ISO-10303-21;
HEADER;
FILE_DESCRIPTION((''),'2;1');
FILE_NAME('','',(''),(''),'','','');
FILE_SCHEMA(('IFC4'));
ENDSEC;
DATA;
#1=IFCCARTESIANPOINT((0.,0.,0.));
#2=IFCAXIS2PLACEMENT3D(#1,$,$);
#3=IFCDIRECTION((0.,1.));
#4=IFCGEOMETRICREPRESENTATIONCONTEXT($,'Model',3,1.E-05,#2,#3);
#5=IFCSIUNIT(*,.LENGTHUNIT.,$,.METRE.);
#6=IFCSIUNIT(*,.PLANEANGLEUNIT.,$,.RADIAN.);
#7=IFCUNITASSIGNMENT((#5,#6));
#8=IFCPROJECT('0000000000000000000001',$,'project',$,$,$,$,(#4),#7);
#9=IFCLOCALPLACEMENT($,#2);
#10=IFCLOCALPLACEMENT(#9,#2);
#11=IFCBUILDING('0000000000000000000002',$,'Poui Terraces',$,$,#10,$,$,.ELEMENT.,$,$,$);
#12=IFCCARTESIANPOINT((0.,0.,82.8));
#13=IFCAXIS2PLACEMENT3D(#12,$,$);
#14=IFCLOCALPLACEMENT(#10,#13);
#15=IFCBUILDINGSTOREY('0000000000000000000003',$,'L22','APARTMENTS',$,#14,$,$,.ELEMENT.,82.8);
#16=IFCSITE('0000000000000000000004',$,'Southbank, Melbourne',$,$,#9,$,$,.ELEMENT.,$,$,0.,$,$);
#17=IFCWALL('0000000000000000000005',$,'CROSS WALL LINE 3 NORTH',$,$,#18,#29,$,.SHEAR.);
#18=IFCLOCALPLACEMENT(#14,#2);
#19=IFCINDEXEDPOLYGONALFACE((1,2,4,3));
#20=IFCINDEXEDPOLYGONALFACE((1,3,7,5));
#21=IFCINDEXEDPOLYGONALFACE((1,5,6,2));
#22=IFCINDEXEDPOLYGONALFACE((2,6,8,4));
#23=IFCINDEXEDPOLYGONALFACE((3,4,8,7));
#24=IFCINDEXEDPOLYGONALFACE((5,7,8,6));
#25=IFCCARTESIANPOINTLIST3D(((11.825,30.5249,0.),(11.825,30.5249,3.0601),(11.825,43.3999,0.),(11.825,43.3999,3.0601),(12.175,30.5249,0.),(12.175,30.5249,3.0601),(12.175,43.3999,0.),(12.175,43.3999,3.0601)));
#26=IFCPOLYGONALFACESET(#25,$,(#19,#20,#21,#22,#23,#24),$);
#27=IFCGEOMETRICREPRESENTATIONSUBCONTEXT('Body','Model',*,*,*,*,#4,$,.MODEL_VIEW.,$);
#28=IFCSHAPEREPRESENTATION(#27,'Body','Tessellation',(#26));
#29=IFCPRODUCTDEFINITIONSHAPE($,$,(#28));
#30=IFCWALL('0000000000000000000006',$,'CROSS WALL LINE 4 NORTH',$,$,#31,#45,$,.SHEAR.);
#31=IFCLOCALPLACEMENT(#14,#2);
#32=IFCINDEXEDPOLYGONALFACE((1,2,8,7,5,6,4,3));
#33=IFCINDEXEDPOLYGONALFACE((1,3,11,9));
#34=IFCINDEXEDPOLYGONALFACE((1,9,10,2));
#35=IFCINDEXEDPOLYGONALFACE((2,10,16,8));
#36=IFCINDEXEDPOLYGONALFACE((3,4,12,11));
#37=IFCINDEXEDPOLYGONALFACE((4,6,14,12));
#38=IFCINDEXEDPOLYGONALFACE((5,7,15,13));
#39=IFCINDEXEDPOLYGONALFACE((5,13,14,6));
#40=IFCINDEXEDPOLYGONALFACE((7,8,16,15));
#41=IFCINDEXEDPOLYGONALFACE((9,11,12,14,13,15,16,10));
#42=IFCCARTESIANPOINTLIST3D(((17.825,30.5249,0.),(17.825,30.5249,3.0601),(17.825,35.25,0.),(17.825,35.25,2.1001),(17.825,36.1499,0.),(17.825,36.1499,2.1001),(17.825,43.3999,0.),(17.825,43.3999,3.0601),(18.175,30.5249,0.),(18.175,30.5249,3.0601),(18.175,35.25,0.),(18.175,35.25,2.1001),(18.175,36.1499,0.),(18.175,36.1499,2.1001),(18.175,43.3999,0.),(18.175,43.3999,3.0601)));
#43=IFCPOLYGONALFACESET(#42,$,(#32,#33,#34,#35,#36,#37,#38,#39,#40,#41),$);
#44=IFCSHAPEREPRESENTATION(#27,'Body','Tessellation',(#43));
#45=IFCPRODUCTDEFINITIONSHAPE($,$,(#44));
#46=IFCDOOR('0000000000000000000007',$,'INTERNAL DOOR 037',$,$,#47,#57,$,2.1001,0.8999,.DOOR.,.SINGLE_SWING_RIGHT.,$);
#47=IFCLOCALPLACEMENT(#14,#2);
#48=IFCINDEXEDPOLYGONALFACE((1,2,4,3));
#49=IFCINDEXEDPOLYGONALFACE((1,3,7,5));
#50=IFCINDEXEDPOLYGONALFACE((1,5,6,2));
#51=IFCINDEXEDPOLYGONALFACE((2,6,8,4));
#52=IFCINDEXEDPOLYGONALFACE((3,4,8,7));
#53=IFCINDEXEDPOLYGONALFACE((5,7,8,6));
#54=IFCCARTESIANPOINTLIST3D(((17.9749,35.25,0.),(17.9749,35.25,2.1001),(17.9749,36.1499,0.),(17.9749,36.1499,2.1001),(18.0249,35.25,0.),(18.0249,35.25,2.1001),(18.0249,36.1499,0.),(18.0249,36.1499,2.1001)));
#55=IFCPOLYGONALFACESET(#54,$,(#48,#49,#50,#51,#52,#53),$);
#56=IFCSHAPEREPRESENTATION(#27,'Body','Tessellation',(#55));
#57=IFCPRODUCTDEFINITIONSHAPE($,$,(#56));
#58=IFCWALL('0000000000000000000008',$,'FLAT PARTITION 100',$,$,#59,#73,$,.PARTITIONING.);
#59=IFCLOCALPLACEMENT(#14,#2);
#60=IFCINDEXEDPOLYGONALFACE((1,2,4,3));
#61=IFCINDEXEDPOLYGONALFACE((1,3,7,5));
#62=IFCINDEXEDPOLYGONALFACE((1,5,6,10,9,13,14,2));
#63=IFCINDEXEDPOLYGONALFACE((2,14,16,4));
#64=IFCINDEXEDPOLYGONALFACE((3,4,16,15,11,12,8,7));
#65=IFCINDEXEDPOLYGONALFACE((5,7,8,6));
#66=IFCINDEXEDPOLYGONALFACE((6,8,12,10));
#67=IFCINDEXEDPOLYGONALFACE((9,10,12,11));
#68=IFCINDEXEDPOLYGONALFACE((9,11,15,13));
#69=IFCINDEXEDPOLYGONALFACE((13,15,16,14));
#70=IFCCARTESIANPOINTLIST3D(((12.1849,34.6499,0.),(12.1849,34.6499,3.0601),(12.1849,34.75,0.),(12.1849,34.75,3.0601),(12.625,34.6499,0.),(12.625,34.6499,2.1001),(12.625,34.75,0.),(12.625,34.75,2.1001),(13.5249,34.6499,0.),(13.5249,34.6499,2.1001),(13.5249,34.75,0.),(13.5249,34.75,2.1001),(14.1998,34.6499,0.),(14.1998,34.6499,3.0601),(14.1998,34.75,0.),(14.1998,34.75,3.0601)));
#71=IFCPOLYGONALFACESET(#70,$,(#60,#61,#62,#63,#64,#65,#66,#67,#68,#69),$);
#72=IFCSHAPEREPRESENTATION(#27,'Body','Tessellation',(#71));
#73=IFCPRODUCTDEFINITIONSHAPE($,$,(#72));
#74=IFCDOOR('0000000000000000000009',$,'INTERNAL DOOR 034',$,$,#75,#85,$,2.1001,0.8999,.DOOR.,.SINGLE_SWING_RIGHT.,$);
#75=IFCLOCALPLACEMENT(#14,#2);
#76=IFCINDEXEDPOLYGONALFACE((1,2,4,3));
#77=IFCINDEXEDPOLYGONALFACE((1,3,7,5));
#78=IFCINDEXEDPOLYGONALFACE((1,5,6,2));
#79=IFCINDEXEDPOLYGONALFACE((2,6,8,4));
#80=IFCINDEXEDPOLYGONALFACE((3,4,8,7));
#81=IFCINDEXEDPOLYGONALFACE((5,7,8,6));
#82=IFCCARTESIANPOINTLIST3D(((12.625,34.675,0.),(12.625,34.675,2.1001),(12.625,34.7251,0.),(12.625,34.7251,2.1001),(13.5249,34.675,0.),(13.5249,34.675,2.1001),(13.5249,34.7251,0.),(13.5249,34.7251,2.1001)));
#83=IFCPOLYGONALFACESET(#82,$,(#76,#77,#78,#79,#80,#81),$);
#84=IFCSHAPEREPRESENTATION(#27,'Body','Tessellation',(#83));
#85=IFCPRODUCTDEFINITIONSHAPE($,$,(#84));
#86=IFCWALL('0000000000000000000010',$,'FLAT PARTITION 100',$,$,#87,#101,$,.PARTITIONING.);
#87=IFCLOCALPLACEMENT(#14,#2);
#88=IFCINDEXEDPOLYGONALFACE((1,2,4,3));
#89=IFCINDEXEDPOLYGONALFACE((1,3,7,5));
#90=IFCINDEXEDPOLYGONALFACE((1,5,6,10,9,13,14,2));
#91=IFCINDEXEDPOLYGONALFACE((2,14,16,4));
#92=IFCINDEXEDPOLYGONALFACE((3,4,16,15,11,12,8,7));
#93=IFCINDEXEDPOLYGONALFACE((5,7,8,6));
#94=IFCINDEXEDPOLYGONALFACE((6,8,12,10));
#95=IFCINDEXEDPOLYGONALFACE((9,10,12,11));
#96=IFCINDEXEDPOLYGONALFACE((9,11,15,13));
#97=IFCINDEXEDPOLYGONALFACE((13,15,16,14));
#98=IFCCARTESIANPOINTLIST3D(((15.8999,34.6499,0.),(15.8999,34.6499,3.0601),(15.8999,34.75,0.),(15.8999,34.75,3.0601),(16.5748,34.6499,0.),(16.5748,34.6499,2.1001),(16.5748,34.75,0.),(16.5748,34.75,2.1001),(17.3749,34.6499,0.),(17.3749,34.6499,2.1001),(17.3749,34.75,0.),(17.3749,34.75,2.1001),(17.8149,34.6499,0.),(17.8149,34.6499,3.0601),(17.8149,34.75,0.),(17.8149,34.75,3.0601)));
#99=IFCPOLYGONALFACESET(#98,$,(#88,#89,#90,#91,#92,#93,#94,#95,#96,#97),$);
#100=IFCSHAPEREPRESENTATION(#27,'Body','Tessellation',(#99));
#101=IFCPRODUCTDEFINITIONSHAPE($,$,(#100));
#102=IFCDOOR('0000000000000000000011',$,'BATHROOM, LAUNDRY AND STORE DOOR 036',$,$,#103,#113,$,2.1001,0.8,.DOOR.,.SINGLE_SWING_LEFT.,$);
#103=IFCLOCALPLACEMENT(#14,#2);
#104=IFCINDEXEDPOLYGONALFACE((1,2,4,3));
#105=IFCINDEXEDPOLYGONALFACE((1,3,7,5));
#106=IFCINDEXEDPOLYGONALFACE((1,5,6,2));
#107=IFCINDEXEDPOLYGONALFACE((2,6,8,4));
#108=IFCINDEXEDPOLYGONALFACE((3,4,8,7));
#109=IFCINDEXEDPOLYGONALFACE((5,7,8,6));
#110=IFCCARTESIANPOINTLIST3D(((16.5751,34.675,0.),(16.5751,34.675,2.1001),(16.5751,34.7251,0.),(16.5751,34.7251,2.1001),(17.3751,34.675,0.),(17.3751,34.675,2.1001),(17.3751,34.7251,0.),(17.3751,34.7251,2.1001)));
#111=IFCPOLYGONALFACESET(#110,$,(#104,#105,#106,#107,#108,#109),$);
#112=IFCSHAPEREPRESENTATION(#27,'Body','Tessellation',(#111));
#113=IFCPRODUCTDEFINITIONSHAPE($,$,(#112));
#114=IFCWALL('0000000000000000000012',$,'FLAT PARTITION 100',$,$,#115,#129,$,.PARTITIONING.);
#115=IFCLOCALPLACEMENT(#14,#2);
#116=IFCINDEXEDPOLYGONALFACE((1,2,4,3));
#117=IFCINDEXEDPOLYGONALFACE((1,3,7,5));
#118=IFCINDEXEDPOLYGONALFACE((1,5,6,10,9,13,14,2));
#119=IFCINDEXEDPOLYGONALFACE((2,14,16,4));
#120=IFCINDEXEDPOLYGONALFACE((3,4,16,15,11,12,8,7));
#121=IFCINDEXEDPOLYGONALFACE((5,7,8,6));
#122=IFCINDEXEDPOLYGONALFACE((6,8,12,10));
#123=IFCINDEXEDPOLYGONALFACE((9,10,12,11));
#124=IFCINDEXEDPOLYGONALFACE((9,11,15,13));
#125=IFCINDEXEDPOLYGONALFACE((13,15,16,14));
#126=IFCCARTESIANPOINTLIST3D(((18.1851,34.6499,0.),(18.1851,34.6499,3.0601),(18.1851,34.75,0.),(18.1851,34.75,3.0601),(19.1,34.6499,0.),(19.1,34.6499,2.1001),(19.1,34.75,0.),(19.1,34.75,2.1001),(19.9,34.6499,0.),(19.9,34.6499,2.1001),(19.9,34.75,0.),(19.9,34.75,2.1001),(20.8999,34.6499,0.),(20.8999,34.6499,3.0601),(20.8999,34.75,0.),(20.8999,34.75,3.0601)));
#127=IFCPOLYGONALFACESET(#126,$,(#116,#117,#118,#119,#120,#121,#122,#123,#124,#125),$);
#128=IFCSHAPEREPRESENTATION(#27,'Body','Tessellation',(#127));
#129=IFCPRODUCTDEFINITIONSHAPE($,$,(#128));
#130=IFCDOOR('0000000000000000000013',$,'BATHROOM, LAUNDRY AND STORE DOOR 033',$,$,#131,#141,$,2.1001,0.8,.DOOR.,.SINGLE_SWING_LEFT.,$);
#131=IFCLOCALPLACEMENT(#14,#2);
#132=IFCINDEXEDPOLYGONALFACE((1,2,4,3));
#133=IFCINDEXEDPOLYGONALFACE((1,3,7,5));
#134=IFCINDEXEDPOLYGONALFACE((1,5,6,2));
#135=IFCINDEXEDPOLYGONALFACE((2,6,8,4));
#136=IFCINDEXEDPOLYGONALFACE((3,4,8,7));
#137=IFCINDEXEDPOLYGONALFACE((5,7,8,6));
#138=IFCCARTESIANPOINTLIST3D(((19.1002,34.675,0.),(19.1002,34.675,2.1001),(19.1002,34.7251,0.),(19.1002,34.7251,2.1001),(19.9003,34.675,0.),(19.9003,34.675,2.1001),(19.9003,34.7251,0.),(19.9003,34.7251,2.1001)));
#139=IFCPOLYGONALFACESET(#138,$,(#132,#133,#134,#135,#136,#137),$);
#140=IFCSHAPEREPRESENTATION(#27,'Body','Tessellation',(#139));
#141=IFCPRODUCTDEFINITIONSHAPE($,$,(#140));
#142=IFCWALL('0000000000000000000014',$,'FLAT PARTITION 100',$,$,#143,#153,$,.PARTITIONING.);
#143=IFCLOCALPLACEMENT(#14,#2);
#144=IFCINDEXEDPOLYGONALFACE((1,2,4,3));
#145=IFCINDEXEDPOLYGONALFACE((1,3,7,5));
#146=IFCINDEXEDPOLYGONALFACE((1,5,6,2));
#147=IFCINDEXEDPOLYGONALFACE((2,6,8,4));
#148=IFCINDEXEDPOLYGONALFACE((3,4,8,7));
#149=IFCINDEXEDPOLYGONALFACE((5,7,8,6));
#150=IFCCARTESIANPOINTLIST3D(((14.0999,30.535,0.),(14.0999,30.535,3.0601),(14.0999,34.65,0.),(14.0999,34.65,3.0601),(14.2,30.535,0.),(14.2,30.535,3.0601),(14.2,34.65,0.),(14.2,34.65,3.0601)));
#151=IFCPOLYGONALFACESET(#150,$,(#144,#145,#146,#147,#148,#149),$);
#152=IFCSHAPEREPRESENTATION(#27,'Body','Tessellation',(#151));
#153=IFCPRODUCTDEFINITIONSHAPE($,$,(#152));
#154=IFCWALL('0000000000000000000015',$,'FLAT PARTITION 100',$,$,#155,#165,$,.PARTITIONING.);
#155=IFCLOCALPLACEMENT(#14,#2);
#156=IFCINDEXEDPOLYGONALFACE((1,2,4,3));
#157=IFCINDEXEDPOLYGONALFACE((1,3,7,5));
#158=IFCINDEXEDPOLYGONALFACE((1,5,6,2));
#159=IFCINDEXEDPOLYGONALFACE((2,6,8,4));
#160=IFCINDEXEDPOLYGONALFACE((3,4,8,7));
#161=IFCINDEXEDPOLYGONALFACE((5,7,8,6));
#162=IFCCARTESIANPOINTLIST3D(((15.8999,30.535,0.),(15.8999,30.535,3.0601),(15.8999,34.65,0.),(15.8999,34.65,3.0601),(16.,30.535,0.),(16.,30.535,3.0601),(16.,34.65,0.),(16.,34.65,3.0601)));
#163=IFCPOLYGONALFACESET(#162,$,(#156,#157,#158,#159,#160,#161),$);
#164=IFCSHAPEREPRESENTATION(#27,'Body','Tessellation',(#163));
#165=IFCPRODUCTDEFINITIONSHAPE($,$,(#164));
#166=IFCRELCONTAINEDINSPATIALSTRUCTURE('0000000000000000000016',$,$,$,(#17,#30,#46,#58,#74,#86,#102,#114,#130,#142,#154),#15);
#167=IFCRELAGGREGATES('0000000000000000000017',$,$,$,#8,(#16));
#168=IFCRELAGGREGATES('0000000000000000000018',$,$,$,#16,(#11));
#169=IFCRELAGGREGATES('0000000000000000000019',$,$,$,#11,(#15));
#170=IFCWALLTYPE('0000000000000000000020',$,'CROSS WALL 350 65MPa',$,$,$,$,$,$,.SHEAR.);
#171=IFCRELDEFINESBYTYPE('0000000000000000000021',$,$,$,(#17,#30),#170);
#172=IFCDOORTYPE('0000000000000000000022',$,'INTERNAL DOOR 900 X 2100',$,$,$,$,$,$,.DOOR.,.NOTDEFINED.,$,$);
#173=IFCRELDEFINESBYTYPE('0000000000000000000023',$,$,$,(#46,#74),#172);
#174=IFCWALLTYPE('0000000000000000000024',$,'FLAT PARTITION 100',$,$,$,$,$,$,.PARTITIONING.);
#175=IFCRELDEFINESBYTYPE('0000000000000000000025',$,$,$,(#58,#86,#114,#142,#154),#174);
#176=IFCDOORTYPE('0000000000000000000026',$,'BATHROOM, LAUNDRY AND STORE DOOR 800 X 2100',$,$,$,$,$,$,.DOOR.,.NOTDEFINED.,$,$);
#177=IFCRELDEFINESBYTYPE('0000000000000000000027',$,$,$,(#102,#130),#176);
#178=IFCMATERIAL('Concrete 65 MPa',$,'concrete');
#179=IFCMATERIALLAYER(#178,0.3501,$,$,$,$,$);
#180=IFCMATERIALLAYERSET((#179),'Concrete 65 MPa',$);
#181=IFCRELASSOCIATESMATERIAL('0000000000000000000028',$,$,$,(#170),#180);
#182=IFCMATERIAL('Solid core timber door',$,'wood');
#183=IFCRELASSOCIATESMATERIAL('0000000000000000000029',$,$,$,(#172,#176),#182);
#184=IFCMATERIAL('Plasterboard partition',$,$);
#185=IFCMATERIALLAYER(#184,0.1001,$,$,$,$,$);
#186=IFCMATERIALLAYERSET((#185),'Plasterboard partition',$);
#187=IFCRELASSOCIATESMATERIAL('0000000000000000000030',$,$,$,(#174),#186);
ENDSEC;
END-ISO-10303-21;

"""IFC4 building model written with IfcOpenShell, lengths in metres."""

from ifc_helpers import new_model, si_unit, direction, frame, frame_2d, origin, place, context, subcontext, project, spatial, rectangle, extrude, material, layer, layer_set, type_object, element, fill, save


model = new_model("IFC4")

# Units and contexts
model_context = context("Model", 3, precision=1e-05, world=origin(), true_north=direction((0.0, 1.0)))
body_context = subcontext(model_context, "Body", "Model", "MODEL_VIEW")
ifc_project = project(units=[si_unit("LENGTHUNIT", "METRE"), si_unit("PLANEANGLEUNIT", "RADIAN")], contexts=[model_context])

# Site, building, storey
site_placement = place(None, origin())
site = spatial("IfcSite", under=ifc_project, at=site_placement, Name="Southbank, Melbourne", CompositionType="ELEMENT", RefElevation=0.0)
building_placement = place(site_placement, origin())
building = spatial("IfcBuilding", under=site, at=building_placement, Name="Poui Terraces", CompositionType="ELEMENT")
storey_placement = place(building_placement, frame((0.0, 0.0, 82.8)))
storey = spatial("IfcBuildingStorey", under=building, at=storey_placement, Name="L22", Description="APARTMENTS", CompositionType="ELEMENT", Elevation=82.8)

# Wall
ifc_material_1 = material(Name="Concrete 65 MPa", Category="concrete")
ifc_layer_1 = layer(ifc_material_1, 0.3501)
ifc_layer_set_1 = layer_set([ifc_layer_1], Name="Concrete 65 MPa")
wall_type_1 = type_object("IfcWallType", Name="CROSS WALL 350 65MPa", PredefinedType="SHEAR", material=ifc_layer_set_1)
wall_1_placement = place(storey_placement, frame((12.0, 30.5249, 0.0), z_axis=(0.0, 0.0, 1.0), x_axis=(0.0, 1.0, 0.0)))
element("IfcWall", 1, at=wall_1_placement, inside=storey, type_object=wall_type_1, Name="CROSS WALL LINE 3 NORTH", PredefinedType="SHEAR", context=body_context, shape_type="SweptSolid", body=[
    extrude(rectangle(XDim=12.875, YDim=0.3501, at=frame_2d((6.4375, 0.0))), origin(), (0.0, 0.0, 1.0), 3.0601),
])

# Walls, openings, doors
wall_2_placement = place(storey_placement, frame((18.0, 30.5249, 0.0), z_axis=(0.0, 0.0, 1.0), x_axis=(0.0, 1.0, 0.0)))
wall_2 = element("IfcWall", 2, at=wall_2_placement, inside=storey, type_object=wall_type_1, Name="CROSS WALL LINE 4 NORTH", PredefinedType="SHEAR", context=body_context, shape_type="SweptSolid", body=[
    extrude(rectangle(XDim=12.875, YDim=0.3501, at=frame_2d((6.4375, 0.0))), origin(), (0.0, 0.0, 1.0), 3.0601),
])
opening_1_placement = place(wall_2_placement, frame((4.7251, 0.0, 0.0)))
opening_1 = element("IfcOpeningElement", 3, at=opening_1_placement, cuts=wall_2, PredefinedType="OPENING", context=body_context, shape_type="SweptSolid", body=[
    extrude(rectangle(XDim=0.8999, YDim=2.1001, at=frame_2d((0.45, 1.05))), frame((0.0, 0.1851, 0.0), z_axis=(0.0, -1.0, 0.0), x_axis=(1.0, 0.0, 0.0)), (0.0, 0.0, 1.0), 0.3701),
])
ifc_material_2 = material(Name="Solid core timber door", Category="wood")
door_type_1 = type_object("IfcDoorType", Name="INTERNAL DOOR 900 X 2100", OperationType="NOTDEFINED", PredefinedType="DOOR", material=ifc_material_2)
door_1_placement = place(opening_1_placement, frame((0.8999, 0.0, 0.0), z_axis=(0.0, 0.0, 1.0), x_axis=(-1.0, 0.0, 0.0)))
door_1 = element("IfcDoor", 4, at=door_1_placement, inside=storey, type_object=door_type_1, Name="INTERNAL DOOR 037", OperationType="SINGLE_SWING_RIGHT", OverallHeight=2.1001, OverallWidth=0.8999, PredefinedType="DOOR", context=body_context, shape_type="SweptSolid", body=[
    extrude(rectangle(XDim=0.8999, YDim=2.1001, at=frame_2d((0.45, 1.05))), frame((0.0, 0.0249, 0.0), z_axis=(0.0, -1.0, 0.0), x_axis=(1.0, 0.0, 0.0)), (0.0, 0.0, 1.0), 0.05),
])
fill(opening_1, door_1)
ifc_material_3 = material(Name="Plasterboard partition")
ifc_layer_2 = layer(ifc_material_3, 0.1001)
ifc_layer_set_2 = layer_set([ifc_layer_2], Name="Plasterboard partition")
wall_type_2 = type_object("IfcWallType", Name="FLAT PARTITION 100", PredefinedType="PARTITIONING", material=ifc_layer_set_2)
wall_3_placement = place(storey_placement, frame((12.1851, 34.7, 0.0), z_axis=(0.0, 0.0, 1.0), x_axis=(1.0, 0.0, 0.0)))
wall_3 = element("IfcWall", 5, at=wall_3_placement, inside=storey, type_object=wall_type_2, Name="FLAT PARTITION 100", PredefinedType="PARTITIONING", context=body_context, shape_type="SweptSolid", body=[
    extrude(rectangle(XDim=2.0149, YDim=0.1001, at=frame_2d((1.0073, 0.0))), origin(), (0.0, 0.0, 1.0), 3.0601),
])
opening_2_placement = place(wall_3_placement, frame((0.4399, 0.0, 0.0)))
opening_2 = element("IfcOpeningElement", 6, at=opening_2_placement, cuts=wall_3, PredefinedType="OPENING", context=body_context, shape_type="SweptSolid", body=[
    extrude(rectangle(XDim=0.8999, YDim=2.1001, at=frame_2d((0.45, 1.05))), frame((0.0, 0.0601, 0.0), z_axis=(0.0, -1.0, 0.0), x_axis=(1.0, 0.0, 0.0)), (0.0, 0.0, 1.0), 0.1201),
])
door_2_placement = place(opening_2_placement, frame((0.8999, 0.0, 0.0), z_axis=(0.0, 0.0, 1.0), x_axis=(-1.0, 0.0, 0.0)))
door_2 = element("IfcDoor", 7, at=door_2_placement, inside=storey, type_object=door_type_1, Name="INTERNAL DOOR 034", OperationType="SINGLE_SWING_RIGHT", OverallHeight=2.1001, OverallWidth=0.8999, PredefinedType="DOOR", context=body_context, shape_type="SweptSolid", body=[
    extrude(rectangle(XDim=0.8999, YDim=2.1001, at=frame_2d((0.45, 1.05))), frame((0.0, 0.0249, 0.0), z_axis=(0.0, -1.0, 0.0), x_axis=(1.0, 0.0, 0.0)), (0.0, 0.0, 1.0), 0.05),
])
fill(opening_2, door_2)
wall_4_placement = place(storey_placement, frame((15.8999, 34.7, 0.0), z_axis=(0.0, 0.0, 1.0), x_axis=(1.0, 0.0, 0.0)))
wall_4 = element("IfcWall", 8, at=wall_4_placement, inside=storey, type_object=wall_type_2, Name="FLAT PARTITION 100", PredefinedType="PARTITIONING", context=body_context, shape_type="SweptSolid", body=[
    extrude(rectangle(XDim=1.915, YDim=0.1001, at=frame_2d((0.9575, 0.0))), origin(), (0.0, 0.0, 1.0), 3.0601),
])
opening_3_placement = place(wall_4_placement, frame((0.675, 0.0, 0.0)))
opening_3 = element("IfcOpeningElement", 9, at=opening_3_placement, cuts=wall_4, PredefinedType="OPENING", context=body_context, shape_type="SweptSolid", body=[
    extrude(rectangle(XDim=0.8, YDim=2.1001, at=frame_2d((0.3999, 1.05))), frame((0.0, 0.0601, 0.0), z_axis=(0.0, -1.0, 0.0), x_axis=(1.0, 0.0, 0.0)), (0.0, 0.0, 1.0), 0.1201),
])
door_type_2 = type_object("IfcDoorType", Name="BATHROOM, LAUNDRY AND STORE DOOR 800 X 2100", OperationType="NOTDEFINED", PredefinedType="DOOR", material=ifc_material_2)
door_3_placement = place(opening_3_placement, frame((0.8, 0.0, 0.0), z_axis=(0.0, 0.0, 1.0), x_axis=(-1.0, 0.0, 0.0)))
door_3 = element("IfcDoor", 10, at=door_3_placement, inside=storey, type_object=door_type_2, Name="BATHROOM, LAUNDRY AND STORE DOOR 036", OperationType="SINGLE_SWING_LEFT", OverallHeight=2.1001, OverallWidth=0.8, PredefinedType="DOOR", context=body_context, shape_type="SweptSolid", body=[
    extrude(rectangle(XDim=0.8, YDim=2.1001, at=frame_2d((0.3999, 1.05))), frame((0.0, 0.0249, 0.0), z_axis=(0.0, -1.0, 0.0), x_axis=(1.0, 0.0, 0.0)), (0.0, 0.0, 1.0), 0.05),
])
fill(opening_3, door_3)
wall_5_placement = place(storey_placement, frame((18.1851, 34.7, 0.0), z_axis=(0.0, 0.0, 1.0), x_axis=(1.0, 0.0, 0.0)))
wall_5 = element("IfcWall", 11, at=wall_5_placement, inside=storey, type_object=wall_type_2, Name="FLAT PARTITION 100", PredefinedType="PARTITIONING", context=body_context, shape_type="SweptSolid", body=[
    extrude(rectangle(XDim=2.7148, YDim=0.1001, at=frame_2d((1.3574, 0.0))), origin(), (0.0, 0.0, 1.0), 3.0601),
])
opening_4_placement = place(wall_5_placement, frame((0.915, 0.0, 0.0)))
opening_4 = element("IfcOpeningElement", 12, at=opening_4_placement, cuts=wall_5, PredefinedType="OPENING", context=body_context, shape_type="SweptSolid", body=[
    extrude(rectangle(XDim=0.8, YDim=2.1001, at=frame_2d((0.3999, 1.05))), frame((0.0, 0.0601, 0.0), z_axis=(0.0, -1.0, 0.0), x_axis=(1.0, 0.0, 0.0)), (0.0, 0.0, 1.0), 0.1201),
])
door_4_placement = place(opening_4_placement, frame((0.8, 0.0, 0.0), z_axis=(0.0, 0.0, 1.0), x_axis=(-1.0, 0.0, 0.0)))
door_4 = element("IfcDoor", 13, at=door_4_placement, inside=storey, type_object=door_type_2, Name="BATHROOM, LAUNDRY AND STORE DOOR 033", OperationType="SINGLE_SWING_LEFT", OverallHeight=2.1001, OverallWidth=0.8, PredefinedType="DOOR", context=body_context, shape_type="SweptSolid", body=[
    extrude(rectangle(XDim=0.8, YDim=2.1001, at=frame_2d((0.3999, 1.05))), frame((0.0, 0.0249, 0.0), z_axis=(0.0, -1.0, 0.0), x_axis=(1.0, 0.0, 0.0)), (0.0, 0.0, 1.0), 0.05),
])
fill(opening_4, door_4)

# Walls
for number, where, z_axis, x_axis, name in (
    (14, (14.1499, 30.5349, 0.0), (0.0, 0.0, 1.0), (0.0, 1.0, 0.0), "FLAT PARTITION 100"),
    (15, (15.95, 30.5349, 0.0), (0.0, 0.0, 1.0), (0.0, 1.0, 0.0), "FLAT PARTITION 100"),
):
    element("IfcWall", number, at=place(storey_placement, frame(where, z_axis=z_axis, x_axis=x_axis)), inside=storey, type_object=wall_type_2, Name=name, PredefinedType="PARTITIONING", context=body_context, shape_type="SweptSolid", body=[
        extrude(rectangle(XDim=4.115, YDim=0.1001, at=frame_2d((2.0576, 0.0))), origin(), (0.0, 0.0, 1.0), 3.0601),
    ])

save(model, "model.ifc")
